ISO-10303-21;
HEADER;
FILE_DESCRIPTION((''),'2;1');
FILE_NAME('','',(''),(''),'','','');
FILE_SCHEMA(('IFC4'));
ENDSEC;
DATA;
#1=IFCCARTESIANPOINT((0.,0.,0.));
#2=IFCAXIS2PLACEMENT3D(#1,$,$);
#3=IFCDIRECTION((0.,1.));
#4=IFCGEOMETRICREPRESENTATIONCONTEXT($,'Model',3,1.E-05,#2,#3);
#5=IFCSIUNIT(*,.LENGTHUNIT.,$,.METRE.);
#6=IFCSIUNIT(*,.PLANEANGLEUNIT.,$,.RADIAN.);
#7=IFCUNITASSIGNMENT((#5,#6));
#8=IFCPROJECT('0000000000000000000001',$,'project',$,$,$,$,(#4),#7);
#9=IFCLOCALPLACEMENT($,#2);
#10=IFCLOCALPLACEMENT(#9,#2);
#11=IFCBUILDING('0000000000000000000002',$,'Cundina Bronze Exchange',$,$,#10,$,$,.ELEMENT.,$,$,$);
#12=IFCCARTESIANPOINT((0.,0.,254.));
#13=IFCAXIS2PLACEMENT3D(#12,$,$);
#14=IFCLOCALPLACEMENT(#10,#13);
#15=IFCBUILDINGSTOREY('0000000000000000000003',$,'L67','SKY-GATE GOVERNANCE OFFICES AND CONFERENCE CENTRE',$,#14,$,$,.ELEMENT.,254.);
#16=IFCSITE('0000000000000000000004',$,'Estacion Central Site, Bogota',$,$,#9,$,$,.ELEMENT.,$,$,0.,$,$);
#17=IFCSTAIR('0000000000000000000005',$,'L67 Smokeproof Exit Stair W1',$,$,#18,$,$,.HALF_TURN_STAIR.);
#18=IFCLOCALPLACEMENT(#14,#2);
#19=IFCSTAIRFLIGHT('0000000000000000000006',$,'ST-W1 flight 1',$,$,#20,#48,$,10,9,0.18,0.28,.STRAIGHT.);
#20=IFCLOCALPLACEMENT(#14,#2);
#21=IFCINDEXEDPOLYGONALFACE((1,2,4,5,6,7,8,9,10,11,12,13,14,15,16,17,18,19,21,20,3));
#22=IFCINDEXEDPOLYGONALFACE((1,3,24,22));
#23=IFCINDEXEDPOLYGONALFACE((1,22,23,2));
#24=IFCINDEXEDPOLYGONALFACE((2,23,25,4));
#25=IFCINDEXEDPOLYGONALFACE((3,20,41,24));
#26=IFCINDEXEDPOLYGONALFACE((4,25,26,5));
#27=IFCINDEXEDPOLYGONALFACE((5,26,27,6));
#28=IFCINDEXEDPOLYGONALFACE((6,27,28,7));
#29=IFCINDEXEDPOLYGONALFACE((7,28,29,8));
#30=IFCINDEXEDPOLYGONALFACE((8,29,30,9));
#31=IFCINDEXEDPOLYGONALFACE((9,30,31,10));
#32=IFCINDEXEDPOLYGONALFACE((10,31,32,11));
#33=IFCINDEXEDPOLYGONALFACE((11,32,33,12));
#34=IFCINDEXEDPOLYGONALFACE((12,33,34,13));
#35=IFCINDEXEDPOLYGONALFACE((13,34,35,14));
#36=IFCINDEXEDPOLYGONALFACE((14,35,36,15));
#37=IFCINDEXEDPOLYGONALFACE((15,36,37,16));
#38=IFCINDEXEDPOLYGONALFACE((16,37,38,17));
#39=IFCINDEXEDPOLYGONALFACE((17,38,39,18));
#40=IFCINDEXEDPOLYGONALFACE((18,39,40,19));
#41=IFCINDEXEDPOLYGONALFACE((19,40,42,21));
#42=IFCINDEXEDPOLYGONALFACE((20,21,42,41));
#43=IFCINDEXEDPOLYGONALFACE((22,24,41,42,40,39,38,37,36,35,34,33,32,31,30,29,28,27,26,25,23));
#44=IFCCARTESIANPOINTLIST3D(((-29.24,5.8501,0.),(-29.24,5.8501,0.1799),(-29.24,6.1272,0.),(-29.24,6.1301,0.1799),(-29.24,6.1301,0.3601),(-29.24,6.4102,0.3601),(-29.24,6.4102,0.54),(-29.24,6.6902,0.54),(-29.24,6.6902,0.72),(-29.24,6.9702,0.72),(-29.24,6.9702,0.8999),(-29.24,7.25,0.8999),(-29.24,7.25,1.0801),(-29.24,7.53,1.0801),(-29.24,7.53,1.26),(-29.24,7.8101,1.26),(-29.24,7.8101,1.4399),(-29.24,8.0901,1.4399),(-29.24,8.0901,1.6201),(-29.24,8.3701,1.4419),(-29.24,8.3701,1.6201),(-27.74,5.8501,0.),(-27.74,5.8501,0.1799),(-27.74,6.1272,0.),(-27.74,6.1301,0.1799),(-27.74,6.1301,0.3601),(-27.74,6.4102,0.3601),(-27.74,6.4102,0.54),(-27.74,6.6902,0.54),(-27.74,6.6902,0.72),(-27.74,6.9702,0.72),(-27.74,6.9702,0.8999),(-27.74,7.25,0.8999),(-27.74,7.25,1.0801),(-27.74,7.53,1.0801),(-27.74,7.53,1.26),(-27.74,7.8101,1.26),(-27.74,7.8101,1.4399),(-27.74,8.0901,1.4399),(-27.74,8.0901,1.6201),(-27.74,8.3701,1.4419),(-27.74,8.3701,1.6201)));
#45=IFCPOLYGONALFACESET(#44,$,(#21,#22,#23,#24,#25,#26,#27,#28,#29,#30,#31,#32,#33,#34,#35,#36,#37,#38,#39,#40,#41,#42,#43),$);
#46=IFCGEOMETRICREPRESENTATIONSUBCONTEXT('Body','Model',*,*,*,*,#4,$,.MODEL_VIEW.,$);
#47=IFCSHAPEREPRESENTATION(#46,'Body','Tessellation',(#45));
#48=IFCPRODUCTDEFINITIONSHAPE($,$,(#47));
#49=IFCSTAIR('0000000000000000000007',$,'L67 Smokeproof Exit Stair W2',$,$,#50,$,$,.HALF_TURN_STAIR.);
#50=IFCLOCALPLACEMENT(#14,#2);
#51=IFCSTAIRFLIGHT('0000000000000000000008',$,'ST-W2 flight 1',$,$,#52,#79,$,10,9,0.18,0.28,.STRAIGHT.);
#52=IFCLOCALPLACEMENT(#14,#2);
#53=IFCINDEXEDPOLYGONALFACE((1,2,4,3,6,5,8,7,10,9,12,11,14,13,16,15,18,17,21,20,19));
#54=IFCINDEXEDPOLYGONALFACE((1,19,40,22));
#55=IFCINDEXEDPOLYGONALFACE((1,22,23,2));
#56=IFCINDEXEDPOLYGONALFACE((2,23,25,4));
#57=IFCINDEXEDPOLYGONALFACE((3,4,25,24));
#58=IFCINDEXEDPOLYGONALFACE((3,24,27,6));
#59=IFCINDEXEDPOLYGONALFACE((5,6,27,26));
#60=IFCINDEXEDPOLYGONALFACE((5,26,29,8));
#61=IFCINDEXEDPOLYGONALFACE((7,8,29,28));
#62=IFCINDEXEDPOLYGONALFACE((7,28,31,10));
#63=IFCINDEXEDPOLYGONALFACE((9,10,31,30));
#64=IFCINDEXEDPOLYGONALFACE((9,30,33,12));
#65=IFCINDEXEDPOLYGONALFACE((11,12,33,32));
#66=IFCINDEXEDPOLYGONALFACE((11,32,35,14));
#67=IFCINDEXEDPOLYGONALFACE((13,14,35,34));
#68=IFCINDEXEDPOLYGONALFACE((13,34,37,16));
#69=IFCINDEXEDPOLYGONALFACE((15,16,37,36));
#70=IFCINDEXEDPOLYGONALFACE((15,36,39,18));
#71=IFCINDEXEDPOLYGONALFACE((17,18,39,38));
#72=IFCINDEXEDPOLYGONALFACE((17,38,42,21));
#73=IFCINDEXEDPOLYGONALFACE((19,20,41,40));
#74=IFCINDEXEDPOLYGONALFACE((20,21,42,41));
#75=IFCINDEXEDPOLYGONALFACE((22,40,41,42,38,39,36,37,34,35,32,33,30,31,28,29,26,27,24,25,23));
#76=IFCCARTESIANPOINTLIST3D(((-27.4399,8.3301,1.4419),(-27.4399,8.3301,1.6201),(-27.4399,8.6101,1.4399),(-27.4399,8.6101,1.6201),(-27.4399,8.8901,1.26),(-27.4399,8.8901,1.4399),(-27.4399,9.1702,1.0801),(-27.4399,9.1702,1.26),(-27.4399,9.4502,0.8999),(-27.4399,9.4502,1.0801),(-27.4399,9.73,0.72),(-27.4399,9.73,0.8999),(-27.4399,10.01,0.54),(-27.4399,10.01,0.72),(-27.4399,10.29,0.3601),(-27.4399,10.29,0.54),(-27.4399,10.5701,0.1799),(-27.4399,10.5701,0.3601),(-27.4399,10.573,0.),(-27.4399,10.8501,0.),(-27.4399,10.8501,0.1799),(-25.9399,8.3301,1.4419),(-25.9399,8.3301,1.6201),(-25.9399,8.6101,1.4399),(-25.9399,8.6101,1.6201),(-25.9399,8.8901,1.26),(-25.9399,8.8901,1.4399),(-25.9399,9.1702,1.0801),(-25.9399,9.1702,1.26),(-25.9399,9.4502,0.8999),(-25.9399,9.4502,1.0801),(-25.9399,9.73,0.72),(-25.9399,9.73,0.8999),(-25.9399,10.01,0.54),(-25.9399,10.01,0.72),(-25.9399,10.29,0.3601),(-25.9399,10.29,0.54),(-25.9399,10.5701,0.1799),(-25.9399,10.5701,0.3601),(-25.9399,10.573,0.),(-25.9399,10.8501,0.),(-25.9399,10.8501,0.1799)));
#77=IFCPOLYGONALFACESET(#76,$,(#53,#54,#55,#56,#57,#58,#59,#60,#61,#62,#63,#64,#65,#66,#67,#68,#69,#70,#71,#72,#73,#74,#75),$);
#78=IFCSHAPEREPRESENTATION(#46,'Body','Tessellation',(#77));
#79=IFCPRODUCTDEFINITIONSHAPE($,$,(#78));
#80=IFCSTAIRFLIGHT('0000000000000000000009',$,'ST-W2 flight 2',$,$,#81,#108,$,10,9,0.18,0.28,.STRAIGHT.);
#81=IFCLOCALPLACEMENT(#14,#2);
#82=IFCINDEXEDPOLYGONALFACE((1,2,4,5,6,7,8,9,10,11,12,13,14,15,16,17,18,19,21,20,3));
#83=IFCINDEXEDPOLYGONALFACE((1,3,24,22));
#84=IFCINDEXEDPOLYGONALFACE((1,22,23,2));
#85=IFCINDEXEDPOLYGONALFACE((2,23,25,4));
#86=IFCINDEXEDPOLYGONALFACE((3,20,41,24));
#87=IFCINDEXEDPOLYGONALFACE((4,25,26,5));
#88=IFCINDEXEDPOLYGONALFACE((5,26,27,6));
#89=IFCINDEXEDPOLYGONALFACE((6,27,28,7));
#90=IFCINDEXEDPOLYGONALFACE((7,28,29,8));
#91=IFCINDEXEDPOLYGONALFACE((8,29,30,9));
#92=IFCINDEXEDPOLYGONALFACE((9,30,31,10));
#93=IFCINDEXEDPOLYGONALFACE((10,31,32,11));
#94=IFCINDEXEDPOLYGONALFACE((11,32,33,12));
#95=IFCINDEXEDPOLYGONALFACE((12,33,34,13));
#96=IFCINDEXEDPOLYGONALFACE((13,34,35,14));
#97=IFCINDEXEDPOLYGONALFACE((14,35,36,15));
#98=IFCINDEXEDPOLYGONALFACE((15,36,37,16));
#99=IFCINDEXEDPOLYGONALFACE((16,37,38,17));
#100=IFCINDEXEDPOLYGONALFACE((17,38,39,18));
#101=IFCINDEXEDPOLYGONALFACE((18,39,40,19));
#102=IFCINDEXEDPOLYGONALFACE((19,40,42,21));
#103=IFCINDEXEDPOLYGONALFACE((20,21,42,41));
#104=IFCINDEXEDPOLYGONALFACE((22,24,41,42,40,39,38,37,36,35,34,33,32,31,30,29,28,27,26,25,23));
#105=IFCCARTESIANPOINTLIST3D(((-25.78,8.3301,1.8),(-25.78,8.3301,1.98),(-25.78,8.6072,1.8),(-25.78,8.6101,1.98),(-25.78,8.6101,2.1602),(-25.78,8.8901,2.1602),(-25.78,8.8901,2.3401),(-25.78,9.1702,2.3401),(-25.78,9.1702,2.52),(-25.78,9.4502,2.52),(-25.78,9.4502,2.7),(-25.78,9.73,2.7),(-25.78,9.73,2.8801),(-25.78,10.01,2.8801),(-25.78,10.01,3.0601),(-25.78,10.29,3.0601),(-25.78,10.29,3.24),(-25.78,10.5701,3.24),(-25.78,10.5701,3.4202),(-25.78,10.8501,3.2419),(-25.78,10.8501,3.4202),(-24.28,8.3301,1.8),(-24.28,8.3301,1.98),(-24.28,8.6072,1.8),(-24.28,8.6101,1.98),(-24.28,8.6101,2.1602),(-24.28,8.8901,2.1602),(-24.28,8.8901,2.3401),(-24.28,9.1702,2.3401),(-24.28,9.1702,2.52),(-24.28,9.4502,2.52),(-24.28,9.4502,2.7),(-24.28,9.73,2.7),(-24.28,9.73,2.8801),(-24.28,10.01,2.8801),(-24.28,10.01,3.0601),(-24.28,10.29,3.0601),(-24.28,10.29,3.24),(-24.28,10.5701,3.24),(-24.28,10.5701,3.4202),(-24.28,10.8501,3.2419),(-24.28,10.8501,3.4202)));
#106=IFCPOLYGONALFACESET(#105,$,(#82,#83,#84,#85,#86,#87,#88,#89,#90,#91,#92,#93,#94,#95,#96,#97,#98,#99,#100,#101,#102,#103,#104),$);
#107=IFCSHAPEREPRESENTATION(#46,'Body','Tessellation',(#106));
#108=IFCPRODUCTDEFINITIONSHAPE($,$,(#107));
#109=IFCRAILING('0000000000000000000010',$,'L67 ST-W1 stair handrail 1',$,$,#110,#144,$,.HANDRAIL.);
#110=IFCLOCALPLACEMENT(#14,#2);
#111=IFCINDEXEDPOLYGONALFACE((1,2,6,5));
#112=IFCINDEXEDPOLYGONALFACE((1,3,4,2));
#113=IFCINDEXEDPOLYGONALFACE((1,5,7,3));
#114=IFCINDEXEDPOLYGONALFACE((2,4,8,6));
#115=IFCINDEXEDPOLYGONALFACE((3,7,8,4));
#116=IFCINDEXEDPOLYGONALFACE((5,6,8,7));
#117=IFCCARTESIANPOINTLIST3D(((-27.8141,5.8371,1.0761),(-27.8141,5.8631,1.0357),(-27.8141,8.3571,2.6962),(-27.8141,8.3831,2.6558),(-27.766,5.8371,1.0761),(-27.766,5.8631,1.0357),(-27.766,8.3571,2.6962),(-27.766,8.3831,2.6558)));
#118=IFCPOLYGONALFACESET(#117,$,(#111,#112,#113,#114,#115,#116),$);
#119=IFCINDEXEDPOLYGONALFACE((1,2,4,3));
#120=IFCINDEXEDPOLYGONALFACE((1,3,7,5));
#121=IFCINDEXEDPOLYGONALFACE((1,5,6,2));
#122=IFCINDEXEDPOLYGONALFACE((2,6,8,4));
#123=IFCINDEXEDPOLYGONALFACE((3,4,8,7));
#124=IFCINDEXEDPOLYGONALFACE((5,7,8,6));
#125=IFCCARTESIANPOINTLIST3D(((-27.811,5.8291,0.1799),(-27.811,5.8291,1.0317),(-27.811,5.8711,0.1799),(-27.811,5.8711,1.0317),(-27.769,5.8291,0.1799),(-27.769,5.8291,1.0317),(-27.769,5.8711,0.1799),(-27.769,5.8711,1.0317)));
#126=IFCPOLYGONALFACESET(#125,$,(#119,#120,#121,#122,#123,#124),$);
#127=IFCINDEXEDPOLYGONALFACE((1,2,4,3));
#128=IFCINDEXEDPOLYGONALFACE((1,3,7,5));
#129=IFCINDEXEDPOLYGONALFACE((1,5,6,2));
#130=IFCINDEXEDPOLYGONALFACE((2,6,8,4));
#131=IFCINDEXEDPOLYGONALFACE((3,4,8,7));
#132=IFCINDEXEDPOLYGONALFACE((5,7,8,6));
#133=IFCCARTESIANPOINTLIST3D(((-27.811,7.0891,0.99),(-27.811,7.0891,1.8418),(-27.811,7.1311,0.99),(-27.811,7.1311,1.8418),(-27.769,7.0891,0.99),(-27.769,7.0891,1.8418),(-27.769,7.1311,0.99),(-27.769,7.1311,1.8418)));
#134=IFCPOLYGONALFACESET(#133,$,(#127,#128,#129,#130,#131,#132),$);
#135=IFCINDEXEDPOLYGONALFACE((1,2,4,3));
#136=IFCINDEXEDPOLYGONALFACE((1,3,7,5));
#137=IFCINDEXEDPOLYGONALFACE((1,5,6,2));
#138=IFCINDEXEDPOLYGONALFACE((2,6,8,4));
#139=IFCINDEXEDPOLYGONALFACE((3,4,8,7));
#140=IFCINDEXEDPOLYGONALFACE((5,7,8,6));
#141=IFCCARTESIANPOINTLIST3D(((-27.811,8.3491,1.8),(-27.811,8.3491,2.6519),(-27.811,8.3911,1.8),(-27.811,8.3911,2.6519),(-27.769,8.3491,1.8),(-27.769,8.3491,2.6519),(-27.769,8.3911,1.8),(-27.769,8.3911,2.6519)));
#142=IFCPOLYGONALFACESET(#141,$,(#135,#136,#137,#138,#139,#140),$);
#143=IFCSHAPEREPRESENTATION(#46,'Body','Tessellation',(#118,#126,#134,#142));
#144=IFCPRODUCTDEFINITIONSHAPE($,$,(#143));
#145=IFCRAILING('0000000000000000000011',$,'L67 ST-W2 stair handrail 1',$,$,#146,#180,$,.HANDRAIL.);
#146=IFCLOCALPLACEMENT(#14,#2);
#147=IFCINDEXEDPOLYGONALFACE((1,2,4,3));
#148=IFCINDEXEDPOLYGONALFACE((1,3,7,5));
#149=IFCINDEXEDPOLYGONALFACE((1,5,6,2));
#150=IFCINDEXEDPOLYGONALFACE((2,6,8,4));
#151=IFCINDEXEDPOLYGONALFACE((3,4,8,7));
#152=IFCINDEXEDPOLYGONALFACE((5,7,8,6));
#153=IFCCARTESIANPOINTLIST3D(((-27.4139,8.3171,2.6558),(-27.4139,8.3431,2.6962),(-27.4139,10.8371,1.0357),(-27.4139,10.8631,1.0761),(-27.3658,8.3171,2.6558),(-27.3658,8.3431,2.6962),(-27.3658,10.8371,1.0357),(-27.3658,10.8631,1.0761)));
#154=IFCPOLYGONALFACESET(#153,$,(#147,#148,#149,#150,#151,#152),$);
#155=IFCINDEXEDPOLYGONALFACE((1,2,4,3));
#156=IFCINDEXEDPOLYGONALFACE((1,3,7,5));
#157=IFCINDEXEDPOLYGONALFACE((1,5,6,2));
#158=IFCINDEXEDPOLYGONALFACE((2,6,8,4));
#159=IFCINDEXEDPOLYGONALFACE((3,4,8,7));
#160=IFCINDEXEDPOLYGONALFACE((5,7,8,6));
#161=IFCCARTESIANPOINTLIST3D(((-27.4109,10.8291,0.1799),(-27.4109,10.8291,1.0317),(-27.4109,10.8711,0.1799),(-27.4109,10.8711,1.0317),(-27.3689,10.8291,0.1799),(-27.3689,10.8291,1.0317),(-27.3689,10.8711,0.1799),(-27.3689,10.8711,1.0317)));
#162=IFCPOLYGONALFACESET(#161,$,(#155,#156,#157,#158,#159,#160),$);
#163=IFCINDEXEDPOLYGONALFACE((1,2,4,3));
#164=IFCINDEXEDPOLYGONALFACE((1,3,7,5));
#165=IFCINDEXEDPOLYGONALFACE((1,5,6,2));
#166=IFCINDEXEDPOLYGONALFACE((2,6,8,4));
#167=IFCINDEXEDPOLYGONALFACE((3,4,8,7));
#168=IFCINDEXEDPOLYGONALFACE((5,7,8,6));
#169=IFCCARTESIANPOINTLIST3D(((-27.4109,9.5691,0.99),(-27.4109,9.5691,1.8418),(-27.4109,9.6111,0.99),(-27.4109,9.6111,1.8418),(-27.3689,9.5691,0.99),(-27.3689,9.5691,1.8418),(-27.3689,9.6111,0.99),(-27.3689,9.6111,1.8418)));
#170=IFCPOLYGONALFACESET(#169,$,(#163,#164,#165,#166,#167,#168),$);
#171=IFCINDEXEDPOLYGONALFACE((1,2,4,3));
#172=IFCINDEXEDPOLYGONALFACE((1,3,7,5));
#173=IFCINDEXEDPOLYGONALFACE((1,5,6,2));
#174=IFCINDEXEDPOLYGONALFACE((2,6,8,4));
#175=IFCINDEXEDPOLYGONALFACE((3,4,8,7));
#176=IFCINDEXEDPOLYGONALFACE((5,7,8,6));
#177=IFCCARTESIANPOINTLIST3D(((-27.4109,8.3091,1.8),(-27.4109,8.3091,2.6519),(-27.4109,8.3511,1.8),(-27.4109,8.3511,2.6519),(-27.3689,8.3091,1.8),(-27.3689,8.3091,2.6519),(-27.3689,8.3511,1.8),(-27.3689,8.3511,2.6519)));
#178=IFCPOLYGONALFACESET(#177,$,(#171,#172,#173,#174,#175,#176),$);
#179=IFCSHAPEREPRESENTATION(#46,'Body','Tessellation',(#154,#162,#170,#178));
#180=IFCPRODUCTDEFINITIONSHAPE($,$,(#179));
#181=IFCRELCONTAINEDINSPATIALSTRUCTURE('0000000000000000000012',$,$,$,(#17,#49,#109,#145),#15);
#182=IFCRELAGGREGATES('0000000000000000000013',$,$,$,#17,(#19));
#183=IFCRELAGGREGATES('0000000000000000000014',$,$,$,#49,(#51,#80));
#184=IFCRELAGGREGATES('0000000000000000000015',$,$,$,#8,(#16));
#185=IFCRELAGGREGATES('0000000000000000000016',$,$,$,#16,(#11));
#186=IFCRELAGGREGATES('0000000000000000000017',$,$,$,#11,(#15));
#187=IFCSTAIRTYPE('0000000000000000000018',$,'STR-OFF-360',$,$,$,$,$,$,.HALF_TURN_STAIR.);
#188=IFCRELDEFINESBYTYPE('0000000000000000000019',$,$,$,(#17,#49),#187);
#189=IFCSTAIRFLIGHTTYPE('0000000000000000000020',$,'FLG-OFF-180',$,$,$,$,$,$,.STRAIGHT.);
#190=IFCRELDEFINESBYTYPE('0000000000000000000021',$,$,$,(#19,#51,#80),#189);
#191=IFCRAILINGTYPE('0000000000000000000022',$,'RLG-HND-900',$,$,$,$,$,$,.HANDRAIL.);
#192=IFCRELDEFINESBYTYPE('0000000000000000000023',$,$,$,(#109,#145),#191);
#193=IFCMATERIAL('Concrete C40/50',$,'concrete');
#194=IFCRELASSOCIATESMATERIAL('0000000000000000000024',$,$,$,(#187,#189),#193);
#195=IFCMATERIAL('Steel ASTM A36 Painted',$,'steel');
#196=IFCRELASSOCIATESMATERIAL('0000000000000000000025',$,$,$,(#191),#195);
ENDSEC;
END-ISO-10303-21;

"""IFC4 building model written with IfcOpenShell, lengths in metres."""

from ifc_helpers import new_model, si_unit, direction, frame, origin, origin_2d, place, context, subcontext, project, spatial, polyline, rectangle, outline, extrude, material, type_object, element, aggregate, save


model = new_model("IFC4")

# Units and contexts
model_context = context("Model", 3, precision=1e-05, world=origin(), true_north=direction((0.0, 1.0)))
body_context = subcontext(model_context, "Body", "Model", "MODEL_VIEW")
ifc_project = project(units=[si_unit("LENGTHUNIT", "METRE"), si_unit("PLANEANGLEUNIT", "RADIAN")], contexts=[model_context])

# Site, building, storey
site_placement = place(None, origin())
site = spatial("IfcSite", under=ifc_project, at=site_placement, Name="Estacion Central Site, Bogota", CompositionType="ELEMENT", RefElevation=0.0)
building_placement = place(site_placement, origin())
building = spatial("IfcBuilding", under=site, at=building_placement, Name="Cundina Bronze Exchange", CompositionType="ELEMENT")
storey_placement = place(building_placement, frame((0.0, 0.0, 254.0)))
storey = spatial("IfcBuildingStorey", under=building, at=storey_placement, Name="L67", Description="SKY-GATE GOVERNANCE OFFICES AND CONFERENCE CENTRE", CompositionType="ELEMENT", Elevation=254.0)

# Shared definitions
ifc_material_1 = material(Name="Steel ASTM A36 Painted", Category="steel")

# Stair, stair flight
ifc_material_2 = material(Name="Concrete C40/50", Category="concrete")
stair_type = type_object("IfcStairType", Name="STR-OFF-360", PredefinedType="HALF_TURN_STAIR", material=ifc_material_2)
stair_1_placement = place(storey_placement, origin())
stair_1 = element("IfcStair", 1, at=stair_1_placement, inside=storey, type_object=stair_type, Name="L67 Smokeproof Exit Stair W1", PredefinedType="HALF_TURN_STAIR")
stair_flight_type = type_object("IfcStairFlightType", Name="FLG-OFF-180", PredefinedType="STRAIGHT", material=ifc_material_2)
stair_flight_1_placement = place(storey_placement, frame((-28.49, 5.8501, 0.0), z_axis=(0.0, 0.0, 1.0), x_axis=(0.0, 1.0, 0.0)))
stair_flight_1 = element("IfcStairFlight", 2, at=stair_flight_1_placement, type_object=stair_flight_type, Name="ST-W1 flight 1", NumberOfRisers=10, NumberOfTreads=9, PredefinedType="STRAIGHT", RiserHeight=0.18, TreadLength=0.28, context=body_context, shape_type="SweptSolid", body=[
    extrude(outline(polyline([(0.0, 0.0), (0.0, 0.1799), (0.28, 0.1799), (0.28, 0.3601), (0.5601, 0.3601), (0.5601, 0.54), (0.8401, 0.54), (0.8401, 0.72), (1.1201, 0.72), (1.1201, 0.8999), (1.3999, 0.8999), (1.3999, 1.0801), (1.6799, 1.0801), (1.6799, 1.26), (1.96, 1.26), (1.96, 1.4399), (2.24, 1.4399), (2.24, 1.6201), (2.52, 1.6201), (2.52, 1.8), (2.52, 1.4419), (0.2771, 0.0), (0.0, 0.0)])), frame((0.0, 0.75, 0.0), z_axis=(0.0, -1.0, 0.0), x_axis=(1.0, 0.0, 0.0)), (0.0, 0.0, 1.0), 1.5),
])
aggregate(stair_1, [stair_flight_1])

# Stair, stair flights
stair_2_placement = place(storey_placement, origin())
stair_2 = element("IfcStair", 3, at=stair_2_placement, inside=storey, type_object=stair_type, Name="L67 Smokeproof Exit Stair W2", PredefinedType="HALF_TURN_STAIR")
stair_flight_2_placement = place(storey_placement, frame((-26.6899, 10.8501, 0.0), z_axis=(0.0, 0.0, 1.0), x_axis=(0.0, -1.0, 0.0)))
stair_flight_2 = element("IfcStairFlight", 4, at=stair_flight_2_placement, type_object=stair_flight_type, Name="ST-W2 flight 1", NumberOfRisers=10, NumberOfTreads=9, PredefinedType="STRAIGHT", RiserHeight=0.18, TreadLength=0.28, context=body_context, shape_type="SweptSolid", body=[
    extrude(outline(polyline([(0.0, 0.0), (0.0, 0.1799), (0.28, 0.1799), (0.28, 0.3601), (0.5601, 0.3601), (0.5601, 0.54), (0.8401, 0.54), (0.8401, 0.72), (1.1201, 0.72), (1.1201, 0.8999), (1.3999, 0.8999), (1.3999, 1.0801), (1.6799, 1.0801), (1.6799, 1.26), (1.96, 1.26), (1.96, 1.4399), (2.24, 1.4399), (2.24, 1.6201), (2.52, 1.6201), (2.52, 1.8), (2.52, 1.4419), (0.2771, 0.0), (0.0, 0.0)])), frame((0.0, 0.75, 0.0), z_axis=(0.0, -1.0, 0.0), x_axis=(1.0, 0.0, 0.0)), (0.0, 0.0, 1.0), 1.5),
])
stair_flight_3_placement = place(storey_placement, frame((-25.03, 8.3301, 1.8), z_axis=(0.0, 0.0, 1.0), x_axis=(0.0, 1.0, 0.0)))
stair_flight_3 = element("IfcStairFlight", 5, at=stair_flight_3_placement, type_object=stair_flight_type, Name="ST-W2 flight 2", NumberOfRisers=10, NumberOfTreads=9, PredefinedType="STRAIGHT", RiserHeight=0.18, TreadLength=0.28, context=body_context, shape_type="SweptSolid", body=[
    extrude(outline(polyline([(0.0, 0.0), (0.0, 0.1799), (0.28, 0.1799), (0.28, 0.3601), (0.5601, 0.3601), (0.5601, 0.54), (0.8401, 0.54), (0.8401, 0.72), (1.1201, 0.72), (1.1201, 0.8999), (1.3999, 0.8999), (1.3999, 1.0801), (1.6799, 1.0801), (1.6799, 1.26), (1.96, 1.26), (1.96, 1.4399), (2.24, 1.4399), (2.24, 1.6201), (2.52, 1.6201), (2.52, 1.8), (2.52, 1.4419), (0.2771, 0.0), (0.0, 0.0)])), frame((0.0, 0.75, 0.0), z_axis=(0.0, -1.0, 0.0), x_axis=(1.0, 0.0, 0.0)), (0.0, 0.0, 1.0), 1.5),
])
aggregate(stair_2, [stair_flight_2, stair_flight_3])

# Railings
railing_type_1 = type_object("IfcRailingType", Name="RLG-HND-900", PredefinedType="HANDRAIL", material=ifc_material_1)
railing_1_placement = place(storey_placement, frame((-27.79, 5.8501, 0.1799)))
element("IfcRailing", 6, at=railing_1_placement, inside=storey, type_object=railing_type_1, Name="L67 ST-W1 stair handrail 1", PredefinedType="HANDRAIL", context=body_context, shape_type="SweptSolid", body=[
    extrude(rectangle(XDim=0.0481, YDim=0.0481, at=origin_2d()), frame((0.0, 0.0, 0.876), z_axis=(0.0, 0.841163, 0.540782), x_axis=(-1.0, 0.0, 0.0)), (0.0, 0.0, 1.0), 2.9958),
    extrude(rectangle(XDim=0.042, YDim=0.042, at=origin_2d()), origin(), (0.0, 0.0, 1.0), 0.8518),
    extrude(rectangle(XDim=0.042, YDim=0.042, at=origin_2d()), frame((0.0, 1.26, 0.8101)), (0.0, 0.0, 1.0), 0.8518),
    extrude(rectangle(XDim=0.042, YDim=0.042, at=origin_2d()), frame((0.0, 2.52, 1.6201)), (0.0, 0.0, 1.0), 0.8518),
])
railing_2_placement = place(storey_placement, frame((-27.3899, 10.8501, 0.1799)))
element("IfcRailing", 7, at=railing_2_placement, inside=storey, type_object=railing_type_1, Name="L67 ST-W2 stair handrail 1", PredefinedType="HANDRAIL", context=body_context, shape_type="SweptSolid", body=[
    extrude(rectangle(XDim=0.0481, YDim=0.0481, at=origin_2d()), frame((0.0, 0.0, 0.876), z_axis=(0.0, -0.841163, 0.540782), x_axis=(1.0, 0.0, 0.0)), (0.0, 0.0, 1.0), 2.9958),
    extrude(rectangle(XDim=0.042, YDim=0.042, at=origin_2d()), origin(), (0.0, 0.0, 1.0), 0.8518),
    extrude(rectangle(XDim=0.042, YDim=0.042, at=origin_2d()), frame((0.0, -1.26, 0.8101)), (0.0, 0.0, 1.0), 0.8518),
    extrude(rectangle(XDim=0.042, YDim=0.042, at=origin_2d()), frame((0.0, -2.52, 1.6201)), (0.0, 0.0, 1.0), 0.8518),
])

save(model, "model.ifc")
